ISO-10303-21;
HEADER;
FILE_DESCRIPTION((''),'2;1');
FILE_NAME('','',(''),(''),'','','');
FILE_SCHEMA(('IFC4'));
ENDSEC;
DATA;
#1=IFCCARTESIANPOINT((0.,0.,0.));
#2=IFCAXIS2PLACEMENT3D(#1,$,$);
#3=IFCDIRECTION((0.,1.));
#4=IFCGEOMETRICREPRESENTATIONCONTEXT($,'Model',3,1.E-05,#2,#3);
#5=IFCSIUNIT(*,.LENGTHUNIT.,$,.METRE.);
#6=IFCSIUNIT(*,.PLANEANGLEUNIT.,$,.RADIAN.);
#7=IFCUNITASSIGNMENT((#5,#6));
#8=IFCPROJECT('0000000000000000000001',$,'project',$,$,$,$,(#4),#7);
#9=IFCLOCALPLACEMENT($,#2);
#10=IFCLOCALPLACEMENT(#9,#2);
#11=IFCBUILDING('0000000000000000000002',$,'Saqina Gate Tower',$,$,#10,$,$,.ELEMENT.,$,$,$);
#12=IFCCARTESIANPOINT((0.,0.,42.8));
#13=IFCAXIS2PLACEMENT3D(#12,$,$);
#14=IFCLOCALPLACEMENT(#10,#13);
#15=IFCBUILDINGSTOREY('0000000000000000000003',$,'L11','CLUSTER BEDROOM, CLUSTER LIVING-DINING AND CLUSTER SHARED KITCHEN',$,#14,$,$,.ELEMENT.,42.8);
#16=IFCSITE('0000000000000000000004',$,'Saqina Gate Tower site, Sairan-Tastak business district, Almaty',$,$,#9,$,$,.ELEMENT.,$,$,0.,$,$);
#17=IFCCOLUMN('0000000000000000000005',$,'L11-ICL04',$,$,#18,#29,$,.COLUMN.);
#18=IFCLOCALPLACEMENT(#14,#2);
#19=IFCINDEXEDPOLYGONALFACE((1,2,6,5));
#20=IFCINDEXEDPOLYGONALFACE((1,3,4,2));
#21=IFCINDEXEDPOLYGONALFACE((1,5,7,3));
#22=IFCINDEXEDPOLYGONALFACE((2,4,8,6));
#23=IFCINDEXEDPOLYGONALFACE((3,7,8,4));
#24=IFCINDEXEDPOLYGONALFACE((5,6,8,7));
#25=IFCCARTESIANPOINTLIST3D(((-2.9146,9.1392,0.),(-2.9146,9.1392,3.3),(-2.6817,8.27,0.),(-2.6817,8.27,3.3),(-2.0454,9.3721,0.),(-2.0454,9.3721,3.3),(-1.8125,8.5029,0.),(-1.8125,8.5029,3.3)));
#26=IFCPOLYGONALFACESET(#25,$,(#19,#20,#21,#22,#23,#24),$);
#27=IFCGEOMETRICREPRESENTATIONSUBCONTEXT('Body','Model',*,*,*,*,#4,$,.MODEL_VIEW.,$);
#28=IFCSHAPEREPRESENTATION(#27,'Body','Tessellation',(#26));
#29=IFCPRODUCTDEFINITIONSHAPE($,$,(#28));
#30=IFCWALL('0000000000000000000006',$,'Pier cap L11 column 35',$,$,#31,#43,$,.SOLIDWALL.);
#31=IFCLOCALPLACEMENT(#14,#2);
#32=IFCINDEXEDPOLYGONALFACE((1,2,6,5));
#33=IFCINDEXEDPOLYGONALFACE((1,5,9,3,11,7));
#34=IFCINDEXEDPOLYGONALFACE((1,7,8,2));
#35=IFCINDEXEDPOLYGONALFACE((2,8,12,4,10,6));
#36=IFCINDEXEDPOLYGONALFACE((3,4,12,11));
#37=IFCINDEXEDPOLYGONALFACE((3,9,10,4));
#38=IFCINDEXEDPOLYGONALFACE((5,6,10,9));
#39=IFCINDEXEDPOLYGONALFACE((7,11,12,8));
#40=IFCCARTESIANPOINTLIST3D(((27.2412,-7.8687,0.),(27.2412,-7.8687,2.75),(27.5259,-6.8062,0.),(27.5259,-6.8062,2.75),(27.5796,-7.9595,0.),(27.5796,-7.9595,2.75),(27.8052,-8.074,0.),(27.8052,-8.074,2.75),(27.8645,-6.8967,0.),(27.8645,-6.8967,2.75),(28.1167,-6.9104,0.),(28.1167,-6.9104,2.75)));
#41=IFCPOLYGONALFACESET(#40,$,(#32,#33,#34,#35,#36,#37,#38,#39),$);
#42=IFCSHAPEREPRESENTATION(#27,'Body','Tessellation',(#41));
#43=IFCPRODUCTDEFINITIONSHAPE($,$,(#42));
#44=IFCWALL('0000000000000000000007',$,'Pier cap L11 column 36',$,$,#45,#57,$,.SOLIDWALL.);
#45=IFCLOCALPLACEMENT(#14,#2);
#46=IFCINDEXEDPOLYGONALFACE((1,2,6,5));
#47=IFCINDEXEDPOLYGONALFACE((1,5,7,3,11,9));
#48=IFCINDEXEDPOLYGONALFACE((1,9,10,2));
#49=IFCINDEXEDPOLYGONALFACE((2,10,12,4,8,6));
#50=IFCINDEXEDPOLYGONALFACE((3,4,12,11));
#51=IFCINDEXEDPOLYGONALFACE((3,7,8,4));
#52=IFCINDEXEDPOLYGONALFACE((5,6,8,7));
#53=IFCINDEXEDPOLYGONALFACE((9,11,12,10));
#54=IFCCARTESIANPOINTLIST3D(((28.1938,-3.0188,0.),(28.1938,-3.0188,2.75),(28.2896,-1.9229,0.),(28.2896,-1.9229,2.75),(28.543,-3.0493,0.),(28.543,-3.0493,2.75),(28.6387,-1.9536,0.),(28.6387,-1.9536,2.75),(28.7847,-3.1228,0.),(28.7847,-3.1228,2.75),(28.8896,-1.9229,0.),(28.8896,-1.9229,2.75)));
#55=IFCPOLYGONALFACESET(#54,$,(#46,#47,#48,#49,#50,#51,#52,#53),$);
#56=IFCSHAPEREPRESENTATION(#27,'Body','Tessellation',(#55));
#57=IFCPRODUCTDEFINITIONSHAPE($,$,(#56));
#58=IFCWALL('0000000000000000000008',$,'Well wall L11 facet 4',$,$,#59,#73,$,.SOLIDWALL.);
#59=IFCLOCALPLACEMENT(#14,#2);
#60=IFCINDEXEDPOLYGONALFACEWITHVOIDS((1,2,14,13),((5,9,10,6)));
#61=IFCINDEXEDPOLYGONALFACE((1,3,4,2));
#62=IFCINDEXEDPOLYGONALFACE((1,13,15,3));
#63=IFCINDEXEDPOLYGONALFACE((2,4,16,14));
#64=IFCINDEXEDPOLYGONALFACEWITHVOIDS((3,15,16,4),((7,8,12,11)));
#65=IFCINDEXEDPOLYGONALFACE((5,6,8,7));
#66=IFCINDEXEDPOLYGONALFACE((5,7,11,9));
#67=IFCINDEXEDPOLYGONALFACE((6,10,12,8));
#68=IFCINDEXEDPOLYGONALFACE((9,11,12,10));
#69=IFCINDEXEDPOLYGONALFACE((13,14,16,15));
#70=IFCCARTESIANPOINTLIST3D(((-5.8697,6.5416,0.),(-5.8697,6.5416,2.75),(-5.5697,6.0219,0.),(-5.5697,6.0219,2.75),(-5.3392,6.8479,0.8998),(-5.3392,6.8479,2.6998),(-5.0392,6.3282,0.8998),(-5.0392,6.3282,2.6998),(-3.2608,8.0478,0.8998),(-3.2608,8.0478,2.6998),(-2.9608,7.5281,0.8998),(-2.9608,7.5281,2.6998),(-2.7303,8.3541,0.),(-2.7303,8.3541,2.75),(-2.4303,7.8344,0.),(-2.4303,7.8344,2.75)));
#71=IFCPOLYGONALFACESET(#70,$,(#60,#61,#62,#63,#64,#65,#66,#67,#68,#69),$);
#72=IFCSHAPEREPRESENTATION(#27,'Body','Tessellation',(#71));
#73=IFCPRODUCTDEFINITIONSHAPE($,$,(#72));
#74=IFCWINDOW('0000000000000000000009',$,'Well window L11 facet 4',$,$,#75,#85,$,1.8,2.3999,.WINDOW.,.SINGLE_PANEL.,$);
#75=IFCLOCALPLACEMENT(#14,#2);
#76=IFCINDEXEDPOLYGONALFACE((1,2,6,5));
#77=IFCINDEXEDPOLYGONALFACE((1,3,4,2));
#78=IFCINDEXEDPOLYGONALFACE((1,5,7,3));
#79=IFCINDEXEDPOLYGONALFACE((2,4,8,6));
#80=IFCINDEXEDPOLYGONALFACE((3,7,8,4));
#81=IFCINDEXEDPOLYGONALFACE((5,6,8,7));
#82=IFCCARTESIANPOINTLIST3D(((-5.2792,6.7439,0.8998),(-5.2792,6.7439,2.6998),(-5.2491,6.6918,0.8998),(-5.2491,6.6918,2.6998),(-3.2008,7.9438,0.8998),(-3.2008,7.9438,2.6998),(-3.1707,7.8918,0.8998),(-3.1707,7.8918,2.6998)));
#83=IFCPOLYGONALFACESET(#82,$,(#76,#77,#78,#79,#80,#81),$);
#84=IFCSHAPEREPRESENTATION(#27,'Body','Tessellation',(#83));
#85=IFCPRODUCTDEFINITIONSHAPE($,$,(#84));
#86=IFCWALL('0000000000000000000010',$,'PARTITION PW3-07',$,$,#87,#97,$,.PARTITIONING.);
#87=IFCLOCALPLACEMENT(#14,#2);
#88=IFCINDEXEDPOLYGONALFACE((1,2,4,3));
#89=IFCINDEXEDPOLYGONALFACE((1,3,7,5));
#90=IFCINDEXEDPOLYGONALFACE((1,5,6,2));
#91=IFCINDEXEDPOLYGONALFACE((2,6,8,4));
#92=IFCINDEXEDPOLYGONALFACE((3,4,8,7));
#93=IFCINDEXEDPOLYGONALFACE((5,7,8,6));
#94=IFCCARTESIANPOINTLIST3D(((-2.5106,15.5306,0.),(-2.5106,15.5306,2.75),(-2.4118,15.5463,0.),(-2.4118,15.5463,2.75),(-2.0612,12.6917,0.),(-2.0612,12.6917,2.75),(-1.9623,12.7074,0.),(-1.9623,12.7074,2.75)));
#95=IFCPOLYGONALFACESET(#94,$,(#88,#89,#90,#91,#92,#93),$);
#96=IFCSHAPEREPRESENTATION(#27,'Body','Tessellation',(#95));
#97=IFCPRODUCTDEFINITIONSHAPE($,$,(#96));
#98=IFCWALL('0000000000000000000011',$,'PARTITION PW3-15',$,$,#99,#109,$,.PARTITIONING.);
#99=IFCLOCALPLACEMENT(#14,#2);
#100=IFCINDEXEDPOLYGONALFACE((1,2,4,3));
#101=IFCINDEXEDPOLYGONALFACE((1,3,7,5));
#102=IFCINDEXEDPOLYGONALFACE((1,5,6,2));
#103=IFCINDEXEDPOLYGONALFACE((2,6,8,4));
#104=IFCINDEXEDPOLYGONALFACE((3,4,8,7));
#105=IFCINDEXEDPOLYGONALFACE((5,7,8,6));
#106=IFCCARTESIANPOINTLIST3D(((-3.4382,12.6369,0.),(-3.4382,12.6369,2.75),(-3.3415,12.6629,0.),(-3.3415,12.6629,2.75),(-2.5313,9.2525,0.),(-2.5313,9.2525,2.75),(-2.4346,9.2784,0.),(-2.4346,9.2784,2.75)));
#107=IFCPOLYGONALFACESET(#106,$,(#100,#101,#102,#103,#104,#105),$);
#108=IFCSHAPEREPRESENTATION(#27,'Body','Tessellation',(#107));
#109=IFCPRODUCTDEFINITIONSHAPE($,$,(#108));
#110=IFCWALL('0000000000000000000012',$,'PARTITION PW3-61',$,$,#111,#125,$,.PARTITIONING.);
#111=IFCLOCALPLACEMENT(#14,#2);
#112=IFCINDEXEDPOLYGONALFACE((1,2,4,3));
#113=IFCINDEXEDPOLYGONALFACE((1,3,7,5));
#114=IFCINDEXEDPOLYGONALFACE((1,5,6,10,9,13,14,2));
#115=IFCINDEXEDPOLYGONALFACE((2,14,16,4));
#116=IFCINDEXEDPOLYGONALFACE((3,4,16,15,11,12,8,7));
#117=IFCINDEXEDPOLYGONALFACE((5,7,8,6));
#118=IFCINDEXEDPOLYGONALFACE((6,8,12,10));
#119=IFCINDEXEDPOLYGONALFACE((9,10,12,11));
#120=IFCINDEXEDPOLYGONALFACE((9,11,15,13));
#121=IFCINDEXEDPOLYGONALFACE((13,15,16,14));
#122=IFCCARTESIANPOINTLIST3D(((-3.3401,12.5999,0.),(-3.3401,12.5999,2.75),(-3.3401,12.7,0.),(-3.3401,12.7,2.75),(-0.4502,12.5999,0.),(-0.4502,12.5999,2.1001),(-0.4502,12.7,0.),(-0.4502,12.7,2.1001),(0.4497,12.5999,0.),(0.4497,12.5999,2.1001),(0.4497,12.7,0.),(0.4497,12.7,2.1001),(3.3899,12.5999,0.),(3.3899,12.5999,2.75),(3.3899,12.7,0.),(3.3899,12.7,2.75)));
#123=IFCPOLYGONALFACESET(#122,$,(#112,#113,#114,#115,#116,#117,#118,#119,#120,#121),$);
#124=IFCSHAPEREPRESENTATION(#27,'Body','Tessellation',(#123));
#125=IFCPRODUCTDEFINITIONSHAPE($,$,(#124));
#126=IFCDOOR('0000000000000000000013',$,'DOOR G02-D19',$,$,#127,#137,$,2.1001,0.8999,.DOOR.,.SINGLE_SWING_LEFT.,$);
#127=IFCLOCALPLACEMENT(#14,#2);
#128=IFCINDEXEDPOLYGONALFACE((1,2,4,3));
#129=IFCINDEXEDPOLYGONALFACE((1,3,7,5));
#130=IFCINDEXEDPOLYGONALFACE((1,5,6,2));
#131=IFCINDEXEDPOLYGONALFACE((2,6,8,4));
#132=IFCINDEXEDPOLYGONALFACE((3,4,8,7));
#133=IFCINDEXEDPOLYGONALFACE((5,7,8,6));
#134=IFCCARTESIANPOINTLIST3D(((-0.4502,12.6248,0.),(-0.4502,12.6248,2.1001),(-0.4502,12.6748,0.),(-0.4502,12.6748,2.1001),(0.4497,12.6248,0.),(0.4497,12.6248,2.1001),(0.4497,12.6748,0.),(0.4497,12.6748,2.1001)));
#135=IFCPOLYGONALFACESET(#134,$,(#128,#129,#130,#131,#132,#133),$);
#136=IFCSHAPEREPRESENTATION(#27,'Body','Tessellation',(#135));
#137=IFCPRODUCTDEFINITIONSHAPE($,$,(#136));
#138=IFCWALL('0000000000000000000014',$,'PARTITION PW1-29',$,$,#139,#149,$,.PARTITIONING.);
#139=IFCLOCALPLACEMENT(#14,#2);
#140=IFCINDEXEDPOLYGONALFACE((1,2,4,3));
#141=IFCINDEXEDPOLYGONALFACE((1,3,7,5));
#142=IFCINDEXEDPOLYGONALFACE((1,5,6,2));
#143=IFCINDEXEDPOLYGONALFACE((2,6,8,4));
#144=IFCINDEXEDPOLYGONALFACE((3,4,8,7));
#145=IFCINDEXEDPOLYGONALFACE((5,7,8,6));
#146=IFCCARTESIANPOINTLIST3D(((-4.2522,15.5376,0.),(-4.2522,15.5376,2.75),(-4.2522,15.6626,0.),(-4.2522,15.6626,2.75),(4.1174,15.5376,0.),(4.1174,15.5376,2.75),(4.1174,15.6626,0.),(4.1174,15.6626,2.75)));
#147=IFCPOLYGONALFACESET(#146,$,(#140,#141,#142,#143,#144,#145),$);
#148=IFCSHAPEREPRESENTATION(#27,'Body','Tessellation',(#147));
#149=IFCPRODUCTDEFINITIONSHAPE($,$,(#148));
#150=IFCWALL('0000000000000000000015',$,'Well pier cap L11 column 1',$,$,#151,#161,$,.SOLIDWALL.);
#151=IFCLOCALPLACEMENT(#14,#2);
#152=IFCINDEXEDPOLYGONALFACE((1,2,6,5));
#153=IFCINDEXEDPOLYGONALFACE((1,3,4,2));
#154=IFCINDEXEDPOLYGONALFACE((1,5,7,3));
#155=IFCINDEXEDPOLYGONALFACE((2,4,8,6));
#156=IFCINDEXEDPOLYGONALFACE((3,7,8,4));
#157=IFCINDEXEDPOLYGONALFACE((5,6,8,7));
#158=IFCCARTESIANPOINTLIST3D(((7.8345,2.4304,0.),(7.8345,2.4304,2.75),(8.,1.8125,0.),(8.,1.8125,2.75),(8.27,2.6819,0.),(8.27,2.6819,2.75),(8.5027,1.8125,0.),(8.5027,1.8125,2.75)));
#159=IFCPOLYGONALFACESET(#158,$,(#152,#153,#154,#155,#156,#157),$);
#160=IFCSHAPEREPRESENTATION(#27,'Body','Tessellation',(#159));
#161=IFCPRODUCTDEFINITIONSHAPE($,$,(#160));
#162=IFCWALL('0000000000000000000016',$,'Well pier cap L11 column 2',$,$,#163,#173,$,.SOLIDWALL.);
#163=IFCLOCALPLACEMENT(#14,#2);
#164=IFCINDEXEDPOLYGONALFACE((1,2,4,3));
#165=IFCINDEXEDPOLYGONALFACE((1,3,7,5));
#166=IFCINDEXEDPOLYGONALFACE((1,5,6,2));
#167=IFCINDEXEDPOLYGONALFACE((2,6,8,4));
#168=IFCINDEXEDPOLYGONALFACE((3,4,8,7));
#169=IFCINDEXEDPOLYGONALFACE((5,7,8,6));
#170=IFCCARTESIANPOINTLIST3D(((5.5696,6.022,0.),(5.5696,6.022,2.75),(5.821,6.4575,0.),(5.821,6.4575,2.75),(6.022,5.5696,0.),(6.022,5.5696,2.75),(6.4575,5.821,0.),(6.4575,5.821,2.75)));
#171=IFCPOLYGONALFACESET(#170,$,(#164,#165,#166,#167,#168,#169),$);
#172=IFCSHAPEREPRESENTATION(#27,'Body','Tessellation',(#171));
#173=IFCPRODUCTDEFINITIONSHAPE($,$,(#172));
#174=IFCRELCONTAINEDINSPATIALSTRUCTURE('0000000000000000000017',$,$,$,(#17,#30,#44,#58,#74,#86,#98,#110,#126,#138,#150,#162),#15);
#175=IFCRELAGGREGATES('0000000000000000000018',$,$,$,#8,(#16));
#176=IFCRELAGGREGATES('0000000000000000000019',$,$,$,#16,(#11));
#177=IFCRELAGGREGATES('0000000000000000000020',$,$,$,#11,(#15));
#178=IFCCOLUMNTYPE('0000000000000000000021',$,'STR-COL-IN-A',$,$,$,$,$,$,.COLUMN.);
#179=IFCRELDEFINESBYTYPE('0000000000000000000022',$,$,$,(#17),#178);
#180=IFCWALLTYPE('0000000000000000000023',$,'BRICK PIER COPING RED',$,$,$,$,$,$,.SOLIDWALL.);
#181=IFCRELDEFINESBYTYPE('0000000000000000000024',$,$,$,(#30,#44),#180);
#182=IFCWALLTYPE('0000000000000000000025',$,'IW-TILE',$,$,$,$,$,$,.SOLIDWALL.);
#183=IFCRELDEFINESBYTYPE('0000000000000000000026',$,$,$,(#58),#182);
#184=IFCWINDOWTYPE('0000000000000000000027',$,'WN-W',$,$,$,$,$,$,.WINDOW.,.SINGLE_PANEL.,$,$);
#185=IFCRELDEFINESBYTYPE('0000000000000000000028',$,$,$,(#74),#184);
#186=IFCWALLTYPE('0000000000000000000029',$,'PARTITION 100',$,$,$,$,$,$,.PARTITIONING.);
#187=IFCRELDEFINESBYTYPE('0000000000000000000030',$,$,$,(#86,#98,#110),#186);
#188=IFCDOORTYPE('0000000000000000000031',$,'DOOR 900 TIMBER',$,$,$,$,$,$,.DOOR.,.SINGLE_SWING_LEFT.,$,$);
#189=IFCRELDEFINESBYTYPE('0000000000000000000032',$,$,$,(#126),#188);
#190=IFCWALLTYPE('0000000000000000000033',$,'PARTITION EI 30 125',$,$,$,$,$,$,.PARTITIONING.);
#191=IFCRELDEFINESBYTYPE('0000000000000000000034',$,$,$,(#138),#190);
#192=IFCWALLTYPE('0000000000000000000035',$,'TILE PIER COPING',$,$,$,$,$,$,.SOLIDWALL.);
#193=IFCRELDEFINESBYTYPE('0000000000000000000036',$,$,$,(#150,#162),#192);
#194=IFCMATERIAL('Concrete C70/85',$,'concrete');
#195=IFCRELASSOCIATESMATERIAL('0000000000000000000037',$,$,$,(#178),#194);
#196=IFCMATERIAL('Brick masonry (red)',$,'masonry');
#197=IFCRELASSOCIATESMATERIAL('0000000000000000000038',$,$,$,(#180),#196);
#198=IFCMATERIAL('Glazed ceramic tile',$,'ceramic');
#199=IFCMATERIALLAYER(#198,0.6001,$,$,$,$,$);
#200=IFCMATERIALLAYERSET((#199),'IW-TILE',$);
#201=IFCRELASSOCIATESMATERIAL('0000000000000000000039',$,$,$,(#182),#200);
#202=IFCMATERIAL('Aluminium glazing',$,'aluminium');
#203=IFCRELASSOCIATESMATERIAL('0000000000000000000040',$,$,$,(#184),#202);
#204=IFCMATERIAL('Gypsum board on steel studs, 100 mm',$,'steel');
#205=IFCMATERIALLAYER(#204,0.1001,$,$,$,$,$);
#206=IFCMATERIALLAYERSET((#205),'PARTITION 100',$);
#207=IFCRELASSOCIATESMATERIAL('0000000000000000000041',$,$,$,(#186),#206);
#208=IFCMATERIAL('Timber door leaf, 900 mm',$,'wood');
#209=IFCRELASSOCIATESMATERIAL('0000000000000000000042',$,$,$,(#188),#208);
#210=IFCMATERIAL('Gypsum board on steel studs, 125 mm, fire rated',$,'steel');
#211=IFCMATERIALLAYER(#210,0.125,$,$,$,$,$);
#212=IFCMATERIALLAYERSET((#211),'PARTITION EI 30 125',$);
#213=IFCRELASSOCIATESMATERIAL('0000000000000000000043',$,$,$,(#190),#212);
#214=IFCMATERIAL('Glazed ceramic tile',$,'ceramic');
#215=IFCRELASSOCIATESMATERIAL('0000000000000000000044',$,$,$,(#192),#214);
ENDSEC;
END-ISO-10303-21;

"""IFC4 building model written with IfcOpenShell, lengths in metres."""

from ifc_helpers import new_model, si_unit, direction, frame, frame_2d, origin, origin_2d, place, context, subcontext, project, spatial, polyline, rectangle, outline, extrude, material, layer, layer_set, material_profile, profile_set, type_object, element, fill, save


model = new_model("IFC4")

# Units and contexts
model_context = context("Model", 3, precision=1e-05, world=origin(), true_north=direction((0.0, 1.0)))
body_context = subcontext(model_context, "Body", "Model", "MODEL_VIEW")
ifc_project = project(units=[si_unit("LENGTHUNIT", "METRE"), si_unit("PLANEANGLEUNIT", "RADIAN")], contexts=[model_context])

# Site, building, storey
site_placement = place(None, origin())
site = spatial("IfcSite", under=ifc_project, at=site_placement, Name="Saqina Gate Tower site, Sairan-Tastak business district, Almaty", CompositionType="ELEMENT", RefElevation=0.0)
building_placement = place(site_placement, origin())
building = spatial("IfcBuilding", under=site, at=building_placement, Name="Saqina Gate Tower", CompositionType="ELEMENT")
storey_placement = place(building_placement, frame((0.0, 0.0, 42.8)))
storey = spatial("IfcBuildingStorey", under=building, at=storey_placement, Name="L11", Description="CLUSTER BEDROOM, CLUSTER LIVING-DINING AND CLUSTER SHARED KITCHEN", CompositionType="ELEMENT", Elevation=42.8)

# Column
ifc_material_1 = material(Name="Concrete C70/85", Category="concrete")
ifc_material_profile = material_profile(ifc_material_1, rectangle(XDim=0.8999, YDim=0.8999, at=origin_2d()), Name="RC 900x900")
ifc_profile_set = profile_set([ifc_material_profile], Name="Concrete C70/85")
column_type = type_object("IfcColumnType", Name="STR-COL-IN-A", PredefinedType="COLUMN", material=ifc_profile_set)
column_placement = place(storey_placement, frame((-2.3635, 8.821, 0.0), z_axis=(0.0, 0.0, 1.0), x_axis=(-0.258819, 0.965926, 0.0)))
element("IfcColumn", 1, at=column_placement, inside=storey, type_object=column_type, Name="L11-ICL04", PredefinedType="COLUMN", context=body_context, shape_type="SweptSolid", body=[
    extrude(rectangle(XDim=0.8999, YDim=0.8999, at=origin_2d()), origin(), (0.0, 0.0, 1.0), 3.3),
])

# Walls
ifc_material_2 = material(Name="Brick masonry (red)", Category="masonry")
wall_type_1 = type_object("IfcWallType", Name="BRICK PIER COPING RED", PredefinedType="SOLIDWALL", material=ifc_material_2)
wall_1_placement = place(storey_placement, origin())
element("IfcWall", 2, at=wall_1_placement, inside=storey, type_object=wall_type_1, Name="Pier cap L11 column 35", PredefinedType="SOLIDWALL", context=body_context, shape_type="SweptSolid", body=[
    extrude(outline(polyline([(28.1167, -6.9104), (27.5259, -6.8062), (27.8645, -6.8967), (27.5796, -7.9595), (27.2412, -7.8687), (27.8052, -8.074), (28.1167, -6.9104)])), origin(), (0.0, 0.0, 1.0), 2.75),
])
wall_2_placement = place(storey_placement, origin())
element("IfcWall", 3, at=wall_2_placement, inside=storey, type_object=wall_type_1, Name="Pier cap L11 column 36", PredefinedType="SOLIDWALL", context=body_context, shape_type="SweptSolid", body=[
    extrude(outline(polyline([(28.7847, -3.1228), (28.8896, -1.9229), (28.2896, -1.9229), (28.6387, -1.9536), (28.543, -3.0493), (28.1938, -3.0188), (28.7847, -3.1228)])), origin(), (0.0, 0.0, 1.0), 2.75),
])

# Wall, opening, window
ifc_material_3 = material(Name="Glazed ceramic tile", Category="ceramic")
ifc_layer_1 = layer(ifc_material_3, 0.6001)
ifc_layer_set_1 = layer_set([ifc_layer_1], Name="IW-TILE")
wall_type_2 = type_object("IfcWallType", Name="IW-TILE", PredefinedType="SOLIDWALL", material=ifc_layer_set_1)
wall_3_placement = place(storey_placement, frame((-2.5803, 8.0942, 0.0), z_axis=(0.0, 0.0, 1.0), x_axis=(-0.86603, -0.499993, 0.0)))
wall_3 = element("IfcWall", 4, at=wall_3_placement, inside=storey, type_object=wall_type_2, Name="Well wall L11 facet 4", PredefinedType="SOLIDWALL", context=body_context, shape_type="SweptSolid", body=[
    extrude(rectangle(XDim=3.625, YDim=0.6001, at=frame_2d((1.8125, 0.0))), origin(), (0.0, 0.0, 1.0), 2.75),
])
opening_1_placement = place(wall_3_placement, frame((0.6125, 0.0, 0.8999)))
opening_1 = element("IfcOpeningElement", 5, at=opening_1_placement, cuts=wall_3, PredefinedType="OPENING", context=body_context, shape_type="SweptSolid", body=[
    extrude(rectangle(XDim=2.3999, YDim=1.8, at=frame_2d((1.2, 0.8999))), frame((0.0, 0.312, 0.0), z_axis=(0.0, -1.0, 0.0), x_axis=(1.0, 0.0, 0.0)), (0.0, 0.0, 1.0), 0.624),
])
ifc_material_4 = material(Name="Aluminium glazing", Category="aluminium")
window_type = type_object("IfcWindowType", Name="WN-W", PartitioningType="SINGLE_PANEL", PredefinedType="WINDOW", material=ifc_material_4)
window_placement = place(opening_1_placement, origin())
window = element("IfcWindow", 6, at=window_placement, inside=storey, type_object=window_type, Name="Well window L11 facet 4", OverallHeight=1.8, OverallWidth=2.3999, PartitioningType="SINGLE_PANEL", PredefinedType="WINDOW", context=body_context, shape_type="SweptSolid", body=[
    extrude(rectangle(XDim=2.3999, YDim=1.8, at=frame_2d((1.2, 0.8999))), frame((0.0, -0.1199, 0.0), z_axis=(0.0, -1.0, 0.0), x_axis=(1.0, 0.0, 0.0)), (0.0, 0.0, 1.0), 0.0601),
])
fill(opening_1, window)

# Walls
ifc_material_5 = material(Name="Gypsum board on steel studs, 100 mm", Category="steel")
ifc_layer_2 = layer(ifc_material_5, 0.1001)
ifc_layer_set_2 = layer_set([ifc_layer_2], Name="PARTITION 100")
wall_type_3 = type_object("IfcWallType", Name="PARTITION 100", PredefinedType="PARTITIONING", material=ifc_layer_set_2)
wall_4_placement = place(storey_placement, frame((-2.4612, 15.5383, 0.0), z_axis=(0.0, 0.0, 1.0), x_axis=(0.156377, -0.987697, 0.0)))
element("IfcWall", 7, at=wall_4_placement, inside=storey, type_object=wall_type_3, Name="PARTITION PW3-07", PredefinedType="PARTITIONING", context=body_context, shape_type="SweptSolid", body=[
    extrude(rectangle(XDim=2.8743, YDim=0.1001, at=frame_2d((1.437, 0.0))), origin(), (0.0, 0.0, 1.0), 2.75),
])
wall_5_placement = place(storey_placement, frame((-3.3899, 12.6499, 0.0), z_axis=(0.0, 0.0, 1.0), x_axis=(0.258846, -0.965919, 0.0)))
element("IfcWall", 8, at=wall_5_placement, inside=storey, type_object=wall_type_3, Name="PARTITION PW3-15", PredefinedType="PARTITIONING", context=body_context, shape_type="SweptSolid", body=[
    extrude(rectangle(XDim=3.5039, YDim=0.1001, at=frame_2d((1.752, 0.0))), origin(), (0.0, 0.0, 1.0), 2.75),
])

# Wall, opening, door
wall_6_placement = place(storey_placement, frame((-3.3401, 12.6499, 0.0), z_axis=(0.0, 0.0, 1.0), x_axis=(1.0, 0.0, 0.0)))
wall_6 = element("IfcWall", 9, at=wall_6_placement, inside=storey, type_object=wall_type_3, Name="PARTITION PW3-61", PredefinedType="PARTITIONING", context=body_context, shape_type="SweptSolid", body=[
    extrude(rectangle(XDim=6.73, YDim=0.1001, at=frame_2d((3.365, 0.0))), origin(), (0.0, 0.0, 1.0), 2.75),
])
opening_2_placement = place(wall_6_placement, frame((2.8899, 0.0, 0.0)))
opening_2 = element("IfcOpeningElement", 10, at=opening_2_placement, cuts=wall_6, PredefinedType="OPENING", context=body_context, shape_type="SweptSolid", body=[
    extrude(rectangle(XDim=0.8999, YDim=2.1001, at=frame_2d((0.45, 1.05))), frame((0.0, 0.062, 0.0), z_axis=(0.0, -1.0, 0.0), x_axis=(1.0, 0.0, 0.0)), (0.0, 0.0, 1.0), 0.124),
])
ifc_material_6 = material(Name="Timber door leaf, 900 mm", Category="wood")
door_type = type_object("IfcDoorType", Name="DOOR 900 TIMBER", OperationType="SINGLE_SWING_LEFT", PredefinedType="DOOR", material=ifc_material_6)
door_placement = place(opening_2_placement, origin())
door = element("IfcDoor", 11, at=door_placement, inside=storey, type_object=door_type, Name="DOOR G02-D19", OperationType="SINGLE_SWING_LEFT", OverallHeight=2.1001, OverallWidth=0.8999, PredefinedType="DOOR", context=body_context, shape_type="SweptSolid", body=[
    extrude(rectangle(XDim=0.8999, YDim=2.1001, at=frame_2d((0.45, 1.05))), frame((0.0, 0.0249, 0.0), z_axis=(0.0, -1.0, 0.0), x_axis=(1.0, 0.0, 0.0)), (0.0, 0.0, 1.0), 0.05),
])
fill(opening_2, door)

# Walls
ifc_material_7 = material(Name="Gypsum board on steel studs, 125 mm, fire rated", Category="steel")
ifc_layer_3 = layer(ifc_material_7, 0.125)
ifc_layer_set_3 = layer_set([ifc_layer_3], Name="PARTITION EI 30 125")
wall_type_4 = type_object("IfcWallType", Name="PARTITION EI 30 125", PredefinedType="PARTITIONING", material=ifc_layer_set_3)
wall_7_placement = place(storey_placement, frame((-4.2522, 15.6001, 0.0), z_axis=(0.0, 0.0, 1.0), x_axis=(1.0, 0.0, 0.0)))
element("IfcWall", 12, at=wall_7_placement, inside=storey, type_object=wall_type_4, Name="PARTITION PW1-29", PredefinedType="PARTITIONING", context=body_context, shape_type="SweptSolid", body=[
    extrude(rectangle(XDim=8.3696, YDim=0.125, at=frame_2d((4.1848, 0.0))), origin(), (0.0, 0.0, 1.0), 2.75),
])
ifc_material_8 = material(Name="Glazed ceramic tile", Category="ceramic")
wall_type_5 = type_object("IfcWallType", Name="TILE PIER COPING", PredefinedType="SOLIDWALL", material=ifc_material_8)
wall_8_placement = place(storey_placement, origin())
element("IfcWall", 13, at=wall_8_placement, inside=storey, type_object=wall_type_5, Name="Well pier cap L11 column 1", PredefinedType="SOLIDWALL", context=body_context, shape_type="SweptSolid", body=[
    extrude(outline(polyline([(8.27, 2.6819), (7.8345, 2.4304), (8.0, 1.8125), (8.5027, 1.8125), (8.27, 2.6819)])), origin(), (0.0, 0.0, 1.0), 2.75),
])
wall_9_placement = place(storey_placement, origin())
element("IfcWall", 14, at=wall_9_placement, inside=storey, type_object=wall_type_5, Name="Well pier cap L11 column 2", PredefinedType="SOLIDWALL", context=body_context, shape_type="SweptSolid", body=[
    extrude(outline(polyline([(5.821, 6.4575), (5.5696, 6.022), (6.022, 5.5696), (6.4575, 5.821), (5.821, 6.4575)])), origin(), (0.0, 0.0, 1.0), 2.75),
])

save(model, "model.ifc")
